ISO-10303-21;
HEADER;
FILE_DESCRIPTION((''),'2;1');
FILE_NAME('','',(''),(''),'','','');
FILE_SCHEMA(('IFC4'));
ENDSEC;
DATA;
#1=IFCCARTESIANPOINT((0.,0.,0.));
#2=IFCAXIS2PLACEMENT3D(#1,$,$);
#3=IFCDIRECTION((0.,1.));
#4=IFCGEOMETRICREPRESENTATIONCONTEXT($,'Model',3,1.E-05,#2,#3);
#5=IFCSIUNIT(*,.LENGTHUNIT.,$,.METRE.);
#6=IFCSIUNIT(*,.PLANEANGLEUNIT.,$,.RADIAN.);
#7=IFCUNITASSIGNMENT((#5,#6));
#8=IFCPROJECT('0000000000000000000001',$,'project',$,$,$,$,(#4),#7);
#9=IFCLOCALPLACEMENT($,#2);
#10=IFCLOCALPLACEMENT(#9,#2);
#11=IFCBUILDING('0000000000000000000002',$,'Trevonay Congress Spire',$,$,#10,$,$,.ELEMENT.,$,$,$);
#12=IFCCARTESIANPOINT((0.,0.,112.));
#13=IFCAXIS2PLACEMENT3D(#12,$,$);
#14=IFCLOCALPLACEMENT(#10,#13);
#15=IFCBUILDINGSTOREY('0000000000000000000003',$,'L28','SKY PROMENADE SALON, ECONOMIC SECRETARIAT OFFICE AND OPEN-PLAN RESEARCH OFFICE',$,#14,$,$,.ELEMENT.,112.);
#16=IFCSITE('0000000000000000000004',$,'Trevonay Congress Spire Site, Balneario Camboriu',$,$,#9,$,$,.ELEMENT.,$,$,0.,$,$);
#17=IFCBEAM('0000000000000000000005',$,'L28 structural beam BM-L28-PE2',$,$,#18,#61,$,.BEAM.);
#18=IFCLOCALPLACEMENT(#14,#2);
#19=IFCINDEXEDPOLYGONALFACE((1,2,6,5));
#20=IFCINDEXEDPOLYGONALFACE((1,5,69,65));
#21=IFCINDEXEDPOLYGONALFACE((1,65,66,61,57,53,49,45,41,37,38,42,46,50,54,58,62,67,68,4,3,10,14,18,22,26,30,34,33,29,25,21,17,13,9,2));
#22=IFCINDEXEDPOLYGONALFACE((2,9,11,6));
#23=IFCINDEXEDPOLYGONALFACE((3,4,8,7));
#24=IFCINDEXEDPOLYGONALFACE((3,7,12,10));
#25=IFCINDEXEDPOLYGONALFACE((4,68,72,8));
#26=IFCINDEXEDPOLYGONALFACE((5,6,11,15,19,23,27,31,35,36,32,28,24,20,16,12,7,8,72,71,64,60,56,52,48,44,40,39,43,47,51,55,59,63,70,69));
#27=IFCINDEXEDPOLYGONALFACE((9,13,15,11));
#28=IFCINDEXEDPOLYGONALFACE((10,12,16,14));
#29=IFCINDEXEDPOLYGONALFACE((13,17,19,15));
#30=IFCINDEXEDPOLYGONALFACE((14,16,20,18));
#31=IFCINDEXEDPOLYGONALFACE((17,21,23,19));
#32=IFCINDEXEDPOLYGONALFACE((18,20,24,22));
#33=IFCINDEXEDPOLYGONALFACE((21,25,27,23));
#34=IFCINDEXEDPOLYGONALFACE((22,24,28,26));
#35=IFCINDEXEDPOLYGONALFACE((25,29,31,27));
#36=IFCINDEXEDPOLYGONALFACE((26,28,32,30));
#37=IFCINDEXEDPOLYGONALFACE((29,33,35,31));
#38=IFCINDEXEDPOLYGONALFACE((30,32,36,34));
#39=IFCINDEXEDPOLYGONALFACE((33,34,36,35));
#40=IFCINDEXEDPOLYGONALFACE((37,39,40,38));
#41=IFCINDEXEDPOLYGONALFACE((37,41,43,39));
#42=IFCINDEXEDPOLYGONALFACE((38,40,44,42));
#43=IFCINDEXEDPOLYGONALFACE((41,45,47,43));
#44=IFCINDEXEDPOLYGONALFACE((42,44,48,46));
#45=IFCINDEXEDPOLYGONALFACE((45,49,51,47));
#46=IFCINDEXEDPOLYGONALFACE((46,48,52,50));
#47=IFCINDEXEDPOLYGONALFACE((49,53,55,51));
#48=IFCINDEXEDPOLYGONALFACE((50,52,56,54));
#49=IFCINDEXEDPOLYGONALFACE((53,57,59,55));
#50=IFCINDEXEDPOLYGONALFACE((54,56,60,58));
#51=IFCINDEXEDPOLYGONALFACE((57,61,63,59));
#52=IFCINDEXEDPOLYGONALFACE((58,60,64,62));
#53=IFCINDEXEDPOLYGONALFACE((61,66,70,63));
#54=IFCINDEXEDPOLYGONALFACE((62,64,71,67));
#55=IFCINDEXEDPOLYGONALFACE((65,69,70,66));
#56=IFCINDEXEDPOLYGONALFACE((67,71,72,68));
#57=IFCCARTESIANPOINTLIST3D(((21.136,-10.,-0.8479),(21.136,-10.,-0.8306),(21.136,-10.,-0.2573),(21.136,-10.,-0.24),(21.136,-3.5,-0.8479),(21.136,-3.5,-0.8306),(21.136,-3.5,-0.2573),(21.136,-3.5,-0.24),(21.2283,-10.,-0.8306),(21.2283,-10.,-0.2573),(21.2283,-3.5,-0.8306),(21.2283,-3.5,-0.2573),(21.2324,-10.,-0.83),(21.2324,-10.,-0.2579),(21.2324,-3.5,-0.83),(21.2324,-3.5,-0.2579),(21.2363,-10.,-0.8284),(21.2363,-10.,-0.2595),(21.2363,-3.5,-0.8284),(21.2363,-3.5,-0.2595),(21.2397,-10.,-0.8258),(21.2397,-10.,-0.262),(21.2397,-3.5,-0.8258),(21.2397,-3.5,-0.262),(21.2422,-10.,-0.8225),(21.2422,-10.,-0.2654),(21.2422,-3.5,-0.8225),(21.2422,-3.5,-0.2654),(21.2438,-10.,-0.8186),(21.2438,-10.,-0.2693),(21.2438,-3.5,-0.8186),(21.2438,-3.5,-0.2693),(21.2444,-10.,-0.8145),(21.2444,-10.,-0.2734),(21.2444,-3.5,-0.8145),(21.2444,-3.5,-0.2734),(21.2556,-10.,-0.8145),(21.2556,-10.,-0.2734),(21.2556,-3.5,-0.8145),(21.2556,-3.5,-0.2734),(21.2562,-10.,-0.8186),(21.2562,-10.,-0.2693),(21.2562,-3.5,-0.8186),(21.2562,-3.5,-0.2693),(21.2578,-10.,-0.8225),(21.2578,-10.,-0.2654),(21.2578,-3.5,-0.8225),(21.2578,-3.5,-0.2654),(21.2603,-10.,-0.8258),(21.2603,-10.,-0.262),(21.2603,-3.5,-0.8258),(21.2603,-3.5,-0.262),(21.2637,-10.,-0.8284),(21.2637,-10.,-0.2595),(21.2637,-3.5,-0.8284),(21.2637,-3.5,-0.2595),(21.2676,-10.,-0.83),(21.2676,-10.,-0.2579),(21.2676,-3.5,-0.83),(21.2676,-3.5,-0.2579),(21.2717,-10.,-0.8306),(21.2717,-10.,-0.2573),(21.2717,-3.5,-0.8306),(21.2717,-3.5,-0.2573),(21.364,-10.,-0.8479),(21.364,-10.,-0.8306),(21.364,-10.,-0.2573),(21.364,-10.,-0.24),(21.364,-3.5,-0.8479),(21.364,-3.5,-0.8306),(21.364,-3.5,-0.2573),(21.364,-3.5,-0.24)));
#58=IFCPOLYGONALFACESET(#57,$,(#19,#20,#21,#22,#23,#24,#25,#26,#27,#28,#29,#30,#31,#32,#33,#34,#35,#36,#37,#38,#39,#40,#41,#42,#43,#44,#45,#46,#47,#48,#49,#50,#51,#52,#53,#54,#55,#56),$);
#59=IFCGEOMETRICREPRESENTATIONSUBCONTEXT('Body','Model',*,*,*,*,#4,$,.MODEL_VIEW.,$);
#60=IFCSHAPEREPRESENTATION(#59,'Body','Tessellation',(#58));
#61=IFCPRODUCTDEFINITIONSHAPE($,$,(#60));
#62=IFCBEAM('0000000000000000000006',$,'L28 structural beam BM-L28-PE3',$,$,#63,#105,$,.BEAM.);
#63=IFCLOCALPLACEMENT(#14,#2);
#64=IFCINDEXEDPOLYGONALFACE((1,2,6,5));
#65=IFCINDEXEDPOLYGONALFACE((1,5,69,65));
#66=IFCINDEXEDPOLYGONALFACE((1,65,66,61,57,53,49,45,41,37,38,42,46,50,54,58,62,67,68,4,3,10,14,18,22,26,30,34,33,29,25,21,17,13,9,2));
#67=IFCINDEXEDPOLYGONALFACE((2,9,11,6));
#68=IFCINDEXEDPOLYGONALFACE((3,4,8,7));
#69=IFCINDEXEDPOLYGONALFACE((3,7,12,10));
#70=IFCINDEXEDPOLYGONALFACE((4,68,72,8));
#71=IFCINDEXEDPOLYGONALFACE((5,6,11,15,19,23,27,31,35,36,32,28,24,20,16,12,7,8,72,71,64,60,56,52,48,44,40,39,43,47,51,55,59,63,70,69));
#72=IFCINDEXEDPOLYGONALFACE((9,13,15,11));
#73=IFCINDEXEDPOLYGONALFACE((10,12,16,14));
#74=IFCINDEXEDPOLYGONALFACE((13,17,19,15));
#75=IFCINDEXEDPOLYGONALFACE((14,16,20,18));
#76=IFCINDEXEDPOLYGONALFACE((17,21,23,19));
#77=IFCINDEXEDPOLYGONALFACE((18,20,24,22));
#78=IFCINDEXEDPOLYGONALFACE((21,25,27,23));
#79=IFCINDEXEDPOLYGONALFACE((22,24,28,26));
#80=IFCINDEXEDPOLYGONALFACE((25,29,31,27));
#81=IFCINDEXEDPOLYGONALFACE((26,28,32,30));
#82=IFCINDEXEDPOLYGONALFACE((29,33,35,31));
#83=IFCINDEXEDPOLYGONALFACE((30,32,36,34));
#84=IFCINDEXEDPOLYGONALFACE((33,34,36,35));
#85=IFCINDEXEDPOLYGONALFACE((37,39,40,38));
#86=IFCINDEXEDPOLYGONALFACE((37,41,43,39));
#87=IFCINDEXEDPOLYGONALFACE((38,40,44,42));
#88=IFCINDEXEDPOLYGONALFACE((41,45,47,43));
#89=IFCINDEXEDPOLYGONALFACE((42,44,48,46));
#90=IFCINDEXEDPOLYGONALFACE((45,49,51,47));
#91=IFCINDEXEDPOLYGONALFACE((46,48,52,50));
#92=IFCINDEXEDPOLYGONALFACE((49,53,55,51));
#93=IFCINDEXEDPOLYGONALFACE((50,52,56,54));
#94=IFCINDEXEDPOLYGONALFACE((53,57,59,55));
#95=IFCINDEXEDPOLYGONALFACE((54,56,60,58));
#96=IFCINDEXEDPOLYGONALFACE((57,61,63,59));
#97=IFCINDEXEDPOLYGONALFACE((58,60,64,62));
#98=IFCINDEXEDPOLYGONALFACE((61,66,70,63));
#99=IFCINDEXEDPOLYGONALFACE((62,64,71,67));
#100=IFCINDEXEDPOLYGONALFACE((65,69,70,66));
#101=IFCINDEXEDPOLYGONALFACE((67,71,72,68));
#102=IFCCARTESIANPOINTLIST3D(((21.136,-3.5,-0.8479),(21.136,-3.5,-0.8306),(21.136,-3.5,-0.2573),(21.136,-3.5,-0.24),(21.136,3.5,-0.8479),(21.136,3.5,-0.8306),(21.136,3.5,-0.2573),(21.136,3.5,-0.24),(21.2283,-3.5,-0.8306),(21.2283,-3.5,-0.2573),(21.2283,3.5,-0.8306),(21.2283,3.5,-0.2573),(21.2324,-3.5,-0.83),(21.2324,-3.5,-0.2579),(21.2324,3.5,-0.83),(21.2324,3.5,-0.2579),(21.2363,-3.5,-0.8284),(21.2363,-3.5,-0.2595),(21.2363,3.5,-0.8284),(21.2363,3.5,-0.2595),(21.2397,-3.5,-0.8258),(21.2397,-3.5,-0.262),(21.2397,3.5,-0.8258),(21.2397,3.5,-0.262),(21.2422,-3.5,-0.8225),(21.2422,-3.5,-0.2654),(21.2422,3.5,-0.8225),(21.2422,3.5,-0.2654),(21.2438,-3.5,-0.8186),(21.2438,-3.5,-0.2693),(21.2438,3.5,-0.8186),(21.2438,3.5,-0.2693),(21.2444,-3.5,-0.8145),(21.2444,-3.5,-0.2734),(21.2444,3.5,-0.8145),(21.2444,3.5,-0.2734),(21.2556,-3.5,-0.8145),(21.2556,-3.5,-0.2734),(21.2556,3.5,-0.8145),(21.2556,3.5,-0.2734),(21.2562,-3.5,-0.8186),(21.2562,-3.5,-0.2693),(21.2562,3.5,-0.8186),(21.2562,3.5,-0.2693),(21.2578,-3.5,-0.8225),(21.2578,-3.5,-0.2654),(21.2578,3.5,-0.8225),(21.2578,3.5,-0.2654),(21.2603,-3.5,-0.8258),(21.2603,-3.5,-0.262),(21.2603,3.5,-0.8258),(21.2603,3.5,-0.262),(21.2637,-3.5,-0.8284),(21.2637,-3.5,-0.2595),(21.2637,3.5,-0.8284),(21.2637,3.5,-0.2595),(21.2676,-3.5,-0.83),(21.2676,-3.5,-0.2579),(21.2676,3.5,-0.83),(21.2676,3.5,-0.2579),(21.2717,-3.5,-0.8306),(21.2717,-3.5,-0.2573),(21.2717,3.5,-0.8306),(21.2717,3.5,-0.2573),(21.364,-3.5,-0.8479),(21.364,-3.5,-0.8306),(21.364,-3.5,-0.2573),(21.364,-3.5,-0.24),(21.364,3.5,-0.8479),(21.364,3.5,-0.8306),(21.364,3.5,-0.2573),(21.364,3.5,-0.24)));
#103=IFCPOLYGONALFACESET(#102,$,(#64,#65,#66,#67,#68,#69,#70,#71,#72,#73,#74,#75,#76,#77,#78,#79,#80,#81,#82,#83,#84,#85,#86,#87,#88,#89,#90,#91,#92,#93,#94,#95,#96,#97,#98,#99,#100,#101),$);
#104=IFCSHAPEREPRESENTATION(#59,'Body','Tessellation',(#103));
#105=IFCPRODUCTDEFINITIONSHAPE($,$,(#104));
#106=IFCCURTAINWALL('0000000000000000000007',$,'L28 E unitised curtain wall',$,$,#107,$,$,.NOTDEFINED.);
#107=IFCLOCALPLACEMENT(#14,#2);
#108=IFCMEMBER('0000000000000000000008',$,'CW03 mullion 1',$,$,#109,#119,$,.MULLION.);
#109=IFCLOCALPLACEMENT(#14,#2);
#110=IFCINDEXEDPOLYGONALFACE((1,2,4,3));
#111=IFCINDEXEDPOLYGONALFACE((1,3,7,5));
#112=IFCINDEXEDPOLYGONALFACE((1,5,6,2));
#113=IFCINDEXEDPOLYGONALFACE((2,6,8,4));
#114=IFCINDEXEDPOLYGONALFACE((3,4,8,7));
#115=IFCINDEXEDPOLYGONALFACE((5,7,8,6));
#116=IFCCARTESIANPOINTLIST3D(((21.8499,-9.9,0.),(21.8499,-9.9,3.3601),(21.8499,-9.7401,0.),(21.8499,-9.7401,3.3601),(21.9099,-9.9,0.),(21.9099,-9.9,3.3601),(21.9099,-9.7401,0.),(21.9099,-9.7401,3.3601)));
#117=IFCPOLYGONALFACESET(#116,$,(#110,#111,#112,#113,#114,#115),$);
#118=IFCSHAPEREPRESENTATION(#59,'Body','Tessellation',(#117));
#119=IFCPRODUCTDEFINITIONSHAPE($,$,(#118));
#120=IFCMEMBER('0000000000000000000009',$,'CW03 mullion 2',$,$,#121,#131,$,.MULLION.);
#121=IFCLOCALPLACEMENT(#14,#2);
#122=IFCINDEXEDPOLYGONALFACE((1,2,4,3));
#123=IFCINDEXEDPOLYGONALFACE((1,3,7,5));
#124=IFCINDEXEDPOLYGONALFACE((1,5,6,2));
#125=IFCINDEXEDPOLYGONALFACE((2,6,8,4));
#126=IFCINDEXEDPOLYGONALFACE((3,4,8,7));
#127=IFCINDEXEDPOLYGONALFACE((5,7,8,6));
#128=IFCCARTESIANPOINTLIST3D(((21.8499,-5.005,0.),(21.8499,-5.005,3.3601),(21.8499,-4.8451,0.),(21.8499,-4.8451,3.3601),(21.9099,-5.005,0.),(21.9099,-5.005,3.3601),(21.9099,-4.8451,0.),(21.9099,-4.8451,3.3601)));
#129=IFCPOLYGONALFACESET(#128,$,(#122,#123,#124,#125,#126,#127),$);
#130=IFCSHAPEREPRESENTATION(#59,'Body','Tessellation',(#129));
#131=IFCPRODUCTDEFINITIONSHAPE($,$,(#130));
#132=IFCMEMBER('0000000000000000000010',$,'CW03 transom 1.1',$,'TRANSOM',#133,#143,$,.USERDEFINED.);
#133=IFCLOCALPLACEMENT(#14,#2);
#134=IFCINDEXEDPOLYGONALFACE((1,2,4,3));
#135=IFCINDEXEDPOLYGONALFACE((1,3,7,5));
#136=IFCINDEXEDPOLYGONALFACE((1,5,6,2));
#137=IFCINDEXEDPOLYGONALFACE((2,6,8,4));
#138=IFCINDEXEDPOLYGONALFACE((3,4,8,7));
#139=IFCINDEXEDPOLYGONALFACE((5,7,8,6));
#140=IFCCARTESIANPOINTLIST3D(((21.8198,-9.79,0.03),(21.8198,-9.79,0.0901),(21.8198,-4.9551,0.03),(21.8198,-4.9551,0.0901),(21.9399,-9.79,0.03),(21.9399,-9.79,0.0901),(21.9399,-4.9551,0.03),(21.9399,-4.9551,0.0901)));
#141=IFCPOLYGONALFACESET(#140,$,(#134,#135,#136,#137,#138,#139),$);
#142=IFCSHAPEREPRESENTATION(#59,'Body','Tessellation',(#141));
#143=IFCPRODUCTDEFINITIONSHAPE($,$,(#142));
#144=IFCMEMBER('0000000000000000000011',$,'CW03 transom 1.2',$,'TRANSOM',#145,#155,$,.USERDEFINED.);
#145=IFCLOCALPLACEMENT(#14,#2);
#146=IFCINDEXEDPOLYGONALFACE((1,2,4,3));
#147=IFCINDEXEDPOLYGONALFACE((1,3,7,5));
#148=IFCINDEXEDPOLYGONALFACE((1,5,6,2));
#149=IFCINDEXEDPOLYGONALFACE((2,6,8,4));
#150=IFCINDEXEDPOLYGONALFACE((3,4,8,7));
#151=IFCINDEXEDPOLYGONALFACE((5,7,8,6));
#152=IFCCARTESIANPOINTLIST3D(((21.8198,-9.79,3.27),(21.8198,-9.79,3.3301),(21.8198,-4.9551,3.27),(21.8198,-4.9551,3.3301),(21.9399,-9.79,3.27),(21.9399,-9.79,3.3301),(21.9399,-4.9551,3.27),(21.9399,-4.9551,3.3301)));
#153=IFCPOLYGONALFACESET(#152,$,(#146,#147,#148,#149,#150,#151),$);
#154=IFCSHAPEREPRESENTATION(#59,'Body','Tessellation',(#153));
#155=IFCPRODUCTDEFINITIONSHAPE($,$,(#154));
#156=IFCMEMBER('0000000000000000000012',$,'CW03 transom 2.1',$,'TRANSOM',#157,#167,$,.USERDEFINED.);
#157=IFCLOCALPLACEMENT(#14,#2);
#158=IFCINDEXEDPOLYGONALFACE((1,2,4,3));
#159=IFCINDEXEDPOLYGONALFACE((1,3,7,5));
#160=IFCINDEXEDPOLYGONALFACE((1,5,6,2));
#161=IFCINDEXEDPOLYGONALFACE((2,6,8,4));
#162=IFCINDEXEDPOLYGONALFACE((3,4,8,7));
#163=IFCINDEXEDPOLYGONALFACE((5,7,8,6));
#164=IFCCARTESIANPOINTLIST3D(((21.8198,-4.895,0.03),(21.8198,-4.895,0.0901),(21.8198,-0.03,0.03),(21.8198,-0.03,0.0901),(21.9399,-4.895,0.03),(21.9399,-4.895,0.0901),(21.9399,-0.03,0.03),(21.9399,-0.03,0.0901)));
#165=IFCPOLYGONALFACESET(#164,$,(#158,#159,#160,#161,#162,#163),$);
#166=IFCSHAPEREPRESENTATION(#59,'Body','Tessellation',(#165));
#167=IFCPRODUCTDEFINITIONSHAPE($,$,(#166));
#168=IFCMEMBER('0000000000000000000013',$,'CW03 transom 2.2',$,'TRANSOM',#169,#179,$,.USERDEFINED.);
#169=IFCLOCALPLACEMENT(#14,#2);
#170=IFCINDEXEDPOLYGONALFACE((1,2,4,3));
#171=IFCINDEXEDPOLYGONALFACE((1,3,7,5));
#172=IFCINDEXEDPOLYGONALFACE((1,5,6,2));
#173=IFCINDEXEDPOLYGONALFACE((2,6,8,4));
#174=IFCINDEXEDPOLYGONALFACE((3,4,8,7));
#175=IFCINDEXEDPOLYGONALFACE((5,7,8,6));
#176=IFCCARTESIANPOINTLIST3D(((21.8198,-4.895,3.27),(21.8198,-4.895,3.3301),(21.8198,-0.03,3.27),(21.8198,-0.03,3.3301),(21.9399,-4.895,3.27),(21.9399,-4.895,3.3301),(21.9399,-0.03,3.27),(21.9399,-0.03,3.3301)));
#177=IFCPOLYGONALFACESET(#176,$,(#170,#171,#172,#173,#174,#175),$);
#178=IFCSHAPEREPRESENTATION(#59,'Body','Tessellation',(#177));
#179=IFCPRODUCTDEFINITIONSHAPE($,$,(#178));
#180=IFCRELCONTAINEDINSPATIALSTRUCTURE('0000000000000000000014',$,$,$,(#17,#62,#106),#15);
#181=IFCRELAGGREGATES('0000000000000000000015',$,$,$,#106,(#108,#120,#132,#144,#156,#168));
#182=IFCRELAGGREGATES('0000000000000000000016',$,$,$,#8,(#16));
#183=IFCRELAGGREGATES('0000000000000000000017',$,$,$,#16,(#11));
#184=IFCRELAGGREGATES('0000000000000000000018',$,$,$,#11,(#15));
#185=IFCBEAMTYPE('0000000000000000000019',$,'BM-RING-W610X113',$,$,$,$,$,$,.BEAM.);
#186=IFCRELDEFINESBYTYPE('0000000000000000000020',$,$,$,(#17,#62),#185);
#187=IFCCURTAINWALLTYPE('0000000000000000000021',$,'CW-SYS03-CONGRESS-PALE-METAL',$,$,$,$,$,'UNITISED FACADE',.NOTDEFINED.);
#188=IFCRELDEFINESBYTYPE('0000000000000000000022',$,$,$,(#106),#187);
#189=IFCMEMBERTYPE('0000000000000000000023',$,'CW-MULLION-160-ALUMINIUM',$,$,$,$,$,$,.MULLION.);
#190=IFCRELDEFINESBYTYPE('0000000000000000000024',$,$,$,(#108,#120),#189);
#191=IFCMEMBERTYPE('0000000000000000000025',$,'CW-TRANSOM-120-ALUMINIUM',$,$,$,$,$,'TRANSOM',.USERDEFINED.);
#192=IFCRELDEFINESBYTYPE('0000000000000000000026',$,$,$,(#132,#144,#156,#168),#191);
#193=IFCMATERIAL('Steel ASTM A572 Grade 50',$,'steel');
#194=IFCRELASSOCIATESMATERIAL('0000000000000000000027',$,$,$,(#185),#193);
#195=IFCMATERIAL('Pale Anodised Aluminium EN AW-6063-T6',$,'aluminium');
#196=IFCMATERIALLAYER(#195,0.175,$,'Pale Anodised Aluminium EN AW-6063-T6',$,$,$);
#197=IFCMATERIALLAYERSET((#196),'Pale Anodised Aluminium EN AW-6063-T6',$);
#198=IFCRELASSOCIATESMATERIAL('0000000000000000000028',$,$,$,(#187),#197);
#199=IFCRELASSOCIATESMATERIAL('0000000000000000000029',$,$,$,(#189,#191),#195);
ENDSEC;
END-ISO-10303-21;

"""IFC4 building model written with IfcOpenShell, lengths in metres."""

from ifc_helpers import new_model, si_unit, direction, frame, origin, origin_2d, place, context, subcontext, project, spatial, rectangle, i_section, extrude, material, layer, layer_set, material_profile, profile_set, type_object, element, aggregate, save


model = new_model("IFC4")

# Units and contexts
model_context = context("Model", 3, precision=1e-05, world=origin(), true_north=direction((0.0, 1.0)))
body_context = subcontext(model_context, "Body", "Model", "MODEL_VIEW")
ifc_project = project(units=[si_unit("LENGTHUNIT", "METRE"), si_unit("PLANEANGLEUNIT", "RADIAN")], contexts=[model_context])

# Site, building, storey
site_placement = place(None, origin())
site = spatial("IfcSite", under=ifc_project, at=site_placement, Name="Trevonay Congress Spire Site, Balneario Camboriu", CompositionType="ELEMENT", RefElevation=0.0)
building_placement = place(site_placement, origin())
building = spatial("IfcBuilding", under=site, at=building_placement, Name="Trevonay Congress Spire", CompositionType="ELEMENT")
storey_placement = place(building_placement, frame((0.0, 0.0, 112.0)))
storey = spatial("IfcBuildingStorey", under=building, at=storey_placement, Name="L28", Description="SKY PROMENADE SALON, ECONOMIC SECRETARIAT OFFICE AND OPEN-PLAN RESEARCH OFFICE", CompositionType="ELEMENT", Elevation=112.0)

# Shared definitions
ifc_material_1 = material(Name="Steel ASTM A572 Grade 50", Category="steel")

# Beams
ifc_material_profile_1 = material_profile(ifc_material_1, i_section(OverallWidth=0.228, OverallDepth=0.6079, WebThickness=0.0112, FlangeThickness=0.0173, FilletRadius=0.0161, at=origin_2d()), Name="W610x113")
ifc_profile_set_1 = profile_set([ifc_material_profile_1], Name="Steel ASTM A572 Grade 50")
beam_type_1 = type_object("IfcBeamType", Name="BM-RING-W610X113", PredefinedType="BEAM", material=ifc_profile_set_1)
beam_1_placement = place(storey_placement, frame((21.25, -10.0, -0.5439), z_axis=(0.0, 1.0, 0.0), x_axis=(-1.0, 0.0, 0.0)))
element("IfcBeam", 1, at=beam_1_placement, inside=storey, type_object=beam_type_1, Name="L28 structural beam BM-L28-PE2", PredefinedType="BEAM", context=body_context, shape_type="SweptSolid", body=[
    extrude(i_section(OverallWidth=0.228, OverallDepth=0.6079, WebThickness=0.0112, FlangeThickness=0.0173, FilletRadius=0.0161, at=origin_2d()), origin(), (0.0, 0.0, 1.0), 6.5),
])
beam_2_placement = place(storey_placement, frame((21.25, -3.5, -0.5439), z_axis=(0.0, 1.0, 0.0), x_axis=(-1.0, 0.0, 0.0)))
element("IfcBeam", 2, at=beam_2_placement, inside=storey, type_object=beam_type_1, Name="L28 structural beam BM-L28-PE3", PredefinedType="BEAM", context=body_context, shape_type="SweptSolid", body=[
    extrude(i_section(OverallWidth=0.228, OverallDepth=0.6079, WebThickness=0.0112, FlangeThickness=0.0173, FilletRadius=0.0161, at=origin_2d()), origin(), (0.0, 0.0, 1.0), 7.0),
])

# Curtain wall, members
ifc_material_2 = material(Name="Pale Anodised Aluminium EN AW-6063-T6", Category="aluminium")
ifc_layer_1 = layer(ifc_material_2, 0.175, Name="Pale Anodised Aluminium EN AW-6063-T6")
ifc_layer_set_1 = layer_set([ifc_layer_1], Name="Pale Anodised Aluminium EN AW-6063-T6")
curtain_wall_type = type_object("IfcCurtainWallType", Name="CW-SYS03-CONGRESS-PALE-METAL", ElementType="UNITISED FACADE", PredefinedType="NOTDEFINED", material=ifc_layer_set_1)
curtain_wall_placement = place(storey_placement, origin())
curtain_wall = element("IfcCurtainWall", 3, at=curtain_wall_placement, inside=storey, type_object=curtain_wall_type, Name="L28 E unitised curtain wall", PredefinedType="NOTDEFINED")
ifc_material_profile_2 = material_profile(ifc_material_2, rectangle(XDim=0.0601, YDim=0.1599, at=origin_2d()), Name="CW-MULLION-160-ALUMINIUM")
ifc_profile_set_2 = profile_set([ifc_material_profile_2], Name="Pale Anodised Aluminium EN AW-6063-T6")
member_type_1 = type_object("IfcMemberType", Name="CW-MULLION-160-ALUMINIUM", PredefinedType="MULLION", material=ifc_profile_set_2)
member_1_placement = place(storey_placement, frame((21.8799, -9.8201, 0.0), z_axis=(0.0, 0.0, 1.0), x_axis=(-1.0, 0.0, 0.0)))
member_1 = element("IfcMember", 4, at=member_1_placement, type_object=member_type_1, Name="CW03 mullion 1", PredefinedType="MULLION", context=body_context, shape_type="SweptSolid", body=[
    extrude(rectangle(XDim=0.0601, YDim=0.1599, at=origin_2d()), origin(), (0.0, 0.0, 1.0), 3.3601),
])
member_2_placement = place(storey_placement, frame((21.8799, -4.925, 0.0), z_axis=(0.0, 0.0, 1.0), x_axis=(-1.0, 0.0, 0.0)))
member_2 = element("IfcMember", 5, at=member_2_placement, type_object=member_type_1, Name="CW03 mullion 2", PredefinedType="MULLION", context=body_context, shape_type="SweptSolid", body=[
    extrude(rectangle(XDim=0.0601, YDim=0.1599, at=origin_2d()), origin(), (0.0, 0.0, 1.0), 3.3601),
])
ifc_material_profile_3 = material_profile(ifc_material_2, rectangle(XDim=0.1201, YDim=0.0601, at=origin_2d()), Name="CW-TRANSOM-120-ALUMINIUM")
ifc_profile_set_3 = profile_set([ifc_material_profile_3], Name="Pale Anodised Aluminium EN AW-6063-T6")
member_type_2 = type_object("IfcMemberType", Name="CW-TRANSOM-120-ALUMINIUM", ElementType="TRANSOM", PredefinedType="USERDEFINED", material=ifc_profile_set_3)
member_3_placement = place(storey_placement, frame((21.8799, -9.79, 0.0601), z_axis=(0.0, 1.0, 0.0), x_axis=(-1.0, 0.0, 0.0)))
member_3 = element("IfcMember", 6, at=member_3_placement, type_object=member_type_2, Name="CW03 transom 1.1", ObjectType="TRANSOM", PredefinedType="USERDEFINED", context=body_context, shape_type="SweptSolid", body=[
    extrude(rectangle(XDim=0.1201, YDim=0.0601, at=origin_2d()), origin(), (0.0, 0.0, 1.0), 4.835),
])
member_4_placement = place(storey_placement, frame((21.8799, -9.79, 3.3), z_axis=(0.0, 1.0, 0.0), x_axis=(-1.0, 0.0, 0.0)))
member_4 = element("IfcMember", 7, at=member_4_placement, type_object=member_type_2, Name="CW03 transom 1.2", ObjectType="TRANSOM", PredefinedType="USERDEFINED", context=body_context, shape_type="SweptSolid", body=[
    extrude(rectangle(XDim=0.1201, YDim=0.0601, at=origin_2d()), origin(), (0.0, 0.0, 1.0), 4.835),
])
member_5_placement = place(storey_placement, frame((21.8799, -4.895, 0.0601), z_axis=(0.0, 1.0, 0.0), x_axis=(-1.0, 0.0, 0.0)))
member_5 = element("IfcMember", 8, at=member_5_placement, type_object=member_type_2, Name="CW03 transom 2.1", ObjectType="TRANSOM", PredefinedType="USERDEFINED", context=body_context, shape_type="SweptSolid", body=[
    extrude(rectangle(XDim=0.1201, YDim=0.0601, at=origin_2d()), origin(), (0.0, 0.0, 1.0), 4.865),
])
member_6_placement = place(storey_placement, frame((21.8799, -4.895, 3.3), z_axis=(0.0, 1.0, 0.0), x_axis=(-1.0, 0.0, 0.0)))
member_6 = element("IfcMember", 9, at=member_6_placement, type_object=member_type_2, Name="CW03 transom 2.2", ObjectType="TRANSOM", PredefinedType="USERDEFINED", context=body_context, shape_type="SweptSolid", body=[
    extrude(rectangle(XDim=0.1201, YDim=0.0601, at=origin_2d()), origin(), (0.0, 0.0, 1.0), 4.865),
])

aggregate(curtain_wall, [member_1, member_2, member_3, member_4, member_5, member_6])

save(model, "model.ifc")
